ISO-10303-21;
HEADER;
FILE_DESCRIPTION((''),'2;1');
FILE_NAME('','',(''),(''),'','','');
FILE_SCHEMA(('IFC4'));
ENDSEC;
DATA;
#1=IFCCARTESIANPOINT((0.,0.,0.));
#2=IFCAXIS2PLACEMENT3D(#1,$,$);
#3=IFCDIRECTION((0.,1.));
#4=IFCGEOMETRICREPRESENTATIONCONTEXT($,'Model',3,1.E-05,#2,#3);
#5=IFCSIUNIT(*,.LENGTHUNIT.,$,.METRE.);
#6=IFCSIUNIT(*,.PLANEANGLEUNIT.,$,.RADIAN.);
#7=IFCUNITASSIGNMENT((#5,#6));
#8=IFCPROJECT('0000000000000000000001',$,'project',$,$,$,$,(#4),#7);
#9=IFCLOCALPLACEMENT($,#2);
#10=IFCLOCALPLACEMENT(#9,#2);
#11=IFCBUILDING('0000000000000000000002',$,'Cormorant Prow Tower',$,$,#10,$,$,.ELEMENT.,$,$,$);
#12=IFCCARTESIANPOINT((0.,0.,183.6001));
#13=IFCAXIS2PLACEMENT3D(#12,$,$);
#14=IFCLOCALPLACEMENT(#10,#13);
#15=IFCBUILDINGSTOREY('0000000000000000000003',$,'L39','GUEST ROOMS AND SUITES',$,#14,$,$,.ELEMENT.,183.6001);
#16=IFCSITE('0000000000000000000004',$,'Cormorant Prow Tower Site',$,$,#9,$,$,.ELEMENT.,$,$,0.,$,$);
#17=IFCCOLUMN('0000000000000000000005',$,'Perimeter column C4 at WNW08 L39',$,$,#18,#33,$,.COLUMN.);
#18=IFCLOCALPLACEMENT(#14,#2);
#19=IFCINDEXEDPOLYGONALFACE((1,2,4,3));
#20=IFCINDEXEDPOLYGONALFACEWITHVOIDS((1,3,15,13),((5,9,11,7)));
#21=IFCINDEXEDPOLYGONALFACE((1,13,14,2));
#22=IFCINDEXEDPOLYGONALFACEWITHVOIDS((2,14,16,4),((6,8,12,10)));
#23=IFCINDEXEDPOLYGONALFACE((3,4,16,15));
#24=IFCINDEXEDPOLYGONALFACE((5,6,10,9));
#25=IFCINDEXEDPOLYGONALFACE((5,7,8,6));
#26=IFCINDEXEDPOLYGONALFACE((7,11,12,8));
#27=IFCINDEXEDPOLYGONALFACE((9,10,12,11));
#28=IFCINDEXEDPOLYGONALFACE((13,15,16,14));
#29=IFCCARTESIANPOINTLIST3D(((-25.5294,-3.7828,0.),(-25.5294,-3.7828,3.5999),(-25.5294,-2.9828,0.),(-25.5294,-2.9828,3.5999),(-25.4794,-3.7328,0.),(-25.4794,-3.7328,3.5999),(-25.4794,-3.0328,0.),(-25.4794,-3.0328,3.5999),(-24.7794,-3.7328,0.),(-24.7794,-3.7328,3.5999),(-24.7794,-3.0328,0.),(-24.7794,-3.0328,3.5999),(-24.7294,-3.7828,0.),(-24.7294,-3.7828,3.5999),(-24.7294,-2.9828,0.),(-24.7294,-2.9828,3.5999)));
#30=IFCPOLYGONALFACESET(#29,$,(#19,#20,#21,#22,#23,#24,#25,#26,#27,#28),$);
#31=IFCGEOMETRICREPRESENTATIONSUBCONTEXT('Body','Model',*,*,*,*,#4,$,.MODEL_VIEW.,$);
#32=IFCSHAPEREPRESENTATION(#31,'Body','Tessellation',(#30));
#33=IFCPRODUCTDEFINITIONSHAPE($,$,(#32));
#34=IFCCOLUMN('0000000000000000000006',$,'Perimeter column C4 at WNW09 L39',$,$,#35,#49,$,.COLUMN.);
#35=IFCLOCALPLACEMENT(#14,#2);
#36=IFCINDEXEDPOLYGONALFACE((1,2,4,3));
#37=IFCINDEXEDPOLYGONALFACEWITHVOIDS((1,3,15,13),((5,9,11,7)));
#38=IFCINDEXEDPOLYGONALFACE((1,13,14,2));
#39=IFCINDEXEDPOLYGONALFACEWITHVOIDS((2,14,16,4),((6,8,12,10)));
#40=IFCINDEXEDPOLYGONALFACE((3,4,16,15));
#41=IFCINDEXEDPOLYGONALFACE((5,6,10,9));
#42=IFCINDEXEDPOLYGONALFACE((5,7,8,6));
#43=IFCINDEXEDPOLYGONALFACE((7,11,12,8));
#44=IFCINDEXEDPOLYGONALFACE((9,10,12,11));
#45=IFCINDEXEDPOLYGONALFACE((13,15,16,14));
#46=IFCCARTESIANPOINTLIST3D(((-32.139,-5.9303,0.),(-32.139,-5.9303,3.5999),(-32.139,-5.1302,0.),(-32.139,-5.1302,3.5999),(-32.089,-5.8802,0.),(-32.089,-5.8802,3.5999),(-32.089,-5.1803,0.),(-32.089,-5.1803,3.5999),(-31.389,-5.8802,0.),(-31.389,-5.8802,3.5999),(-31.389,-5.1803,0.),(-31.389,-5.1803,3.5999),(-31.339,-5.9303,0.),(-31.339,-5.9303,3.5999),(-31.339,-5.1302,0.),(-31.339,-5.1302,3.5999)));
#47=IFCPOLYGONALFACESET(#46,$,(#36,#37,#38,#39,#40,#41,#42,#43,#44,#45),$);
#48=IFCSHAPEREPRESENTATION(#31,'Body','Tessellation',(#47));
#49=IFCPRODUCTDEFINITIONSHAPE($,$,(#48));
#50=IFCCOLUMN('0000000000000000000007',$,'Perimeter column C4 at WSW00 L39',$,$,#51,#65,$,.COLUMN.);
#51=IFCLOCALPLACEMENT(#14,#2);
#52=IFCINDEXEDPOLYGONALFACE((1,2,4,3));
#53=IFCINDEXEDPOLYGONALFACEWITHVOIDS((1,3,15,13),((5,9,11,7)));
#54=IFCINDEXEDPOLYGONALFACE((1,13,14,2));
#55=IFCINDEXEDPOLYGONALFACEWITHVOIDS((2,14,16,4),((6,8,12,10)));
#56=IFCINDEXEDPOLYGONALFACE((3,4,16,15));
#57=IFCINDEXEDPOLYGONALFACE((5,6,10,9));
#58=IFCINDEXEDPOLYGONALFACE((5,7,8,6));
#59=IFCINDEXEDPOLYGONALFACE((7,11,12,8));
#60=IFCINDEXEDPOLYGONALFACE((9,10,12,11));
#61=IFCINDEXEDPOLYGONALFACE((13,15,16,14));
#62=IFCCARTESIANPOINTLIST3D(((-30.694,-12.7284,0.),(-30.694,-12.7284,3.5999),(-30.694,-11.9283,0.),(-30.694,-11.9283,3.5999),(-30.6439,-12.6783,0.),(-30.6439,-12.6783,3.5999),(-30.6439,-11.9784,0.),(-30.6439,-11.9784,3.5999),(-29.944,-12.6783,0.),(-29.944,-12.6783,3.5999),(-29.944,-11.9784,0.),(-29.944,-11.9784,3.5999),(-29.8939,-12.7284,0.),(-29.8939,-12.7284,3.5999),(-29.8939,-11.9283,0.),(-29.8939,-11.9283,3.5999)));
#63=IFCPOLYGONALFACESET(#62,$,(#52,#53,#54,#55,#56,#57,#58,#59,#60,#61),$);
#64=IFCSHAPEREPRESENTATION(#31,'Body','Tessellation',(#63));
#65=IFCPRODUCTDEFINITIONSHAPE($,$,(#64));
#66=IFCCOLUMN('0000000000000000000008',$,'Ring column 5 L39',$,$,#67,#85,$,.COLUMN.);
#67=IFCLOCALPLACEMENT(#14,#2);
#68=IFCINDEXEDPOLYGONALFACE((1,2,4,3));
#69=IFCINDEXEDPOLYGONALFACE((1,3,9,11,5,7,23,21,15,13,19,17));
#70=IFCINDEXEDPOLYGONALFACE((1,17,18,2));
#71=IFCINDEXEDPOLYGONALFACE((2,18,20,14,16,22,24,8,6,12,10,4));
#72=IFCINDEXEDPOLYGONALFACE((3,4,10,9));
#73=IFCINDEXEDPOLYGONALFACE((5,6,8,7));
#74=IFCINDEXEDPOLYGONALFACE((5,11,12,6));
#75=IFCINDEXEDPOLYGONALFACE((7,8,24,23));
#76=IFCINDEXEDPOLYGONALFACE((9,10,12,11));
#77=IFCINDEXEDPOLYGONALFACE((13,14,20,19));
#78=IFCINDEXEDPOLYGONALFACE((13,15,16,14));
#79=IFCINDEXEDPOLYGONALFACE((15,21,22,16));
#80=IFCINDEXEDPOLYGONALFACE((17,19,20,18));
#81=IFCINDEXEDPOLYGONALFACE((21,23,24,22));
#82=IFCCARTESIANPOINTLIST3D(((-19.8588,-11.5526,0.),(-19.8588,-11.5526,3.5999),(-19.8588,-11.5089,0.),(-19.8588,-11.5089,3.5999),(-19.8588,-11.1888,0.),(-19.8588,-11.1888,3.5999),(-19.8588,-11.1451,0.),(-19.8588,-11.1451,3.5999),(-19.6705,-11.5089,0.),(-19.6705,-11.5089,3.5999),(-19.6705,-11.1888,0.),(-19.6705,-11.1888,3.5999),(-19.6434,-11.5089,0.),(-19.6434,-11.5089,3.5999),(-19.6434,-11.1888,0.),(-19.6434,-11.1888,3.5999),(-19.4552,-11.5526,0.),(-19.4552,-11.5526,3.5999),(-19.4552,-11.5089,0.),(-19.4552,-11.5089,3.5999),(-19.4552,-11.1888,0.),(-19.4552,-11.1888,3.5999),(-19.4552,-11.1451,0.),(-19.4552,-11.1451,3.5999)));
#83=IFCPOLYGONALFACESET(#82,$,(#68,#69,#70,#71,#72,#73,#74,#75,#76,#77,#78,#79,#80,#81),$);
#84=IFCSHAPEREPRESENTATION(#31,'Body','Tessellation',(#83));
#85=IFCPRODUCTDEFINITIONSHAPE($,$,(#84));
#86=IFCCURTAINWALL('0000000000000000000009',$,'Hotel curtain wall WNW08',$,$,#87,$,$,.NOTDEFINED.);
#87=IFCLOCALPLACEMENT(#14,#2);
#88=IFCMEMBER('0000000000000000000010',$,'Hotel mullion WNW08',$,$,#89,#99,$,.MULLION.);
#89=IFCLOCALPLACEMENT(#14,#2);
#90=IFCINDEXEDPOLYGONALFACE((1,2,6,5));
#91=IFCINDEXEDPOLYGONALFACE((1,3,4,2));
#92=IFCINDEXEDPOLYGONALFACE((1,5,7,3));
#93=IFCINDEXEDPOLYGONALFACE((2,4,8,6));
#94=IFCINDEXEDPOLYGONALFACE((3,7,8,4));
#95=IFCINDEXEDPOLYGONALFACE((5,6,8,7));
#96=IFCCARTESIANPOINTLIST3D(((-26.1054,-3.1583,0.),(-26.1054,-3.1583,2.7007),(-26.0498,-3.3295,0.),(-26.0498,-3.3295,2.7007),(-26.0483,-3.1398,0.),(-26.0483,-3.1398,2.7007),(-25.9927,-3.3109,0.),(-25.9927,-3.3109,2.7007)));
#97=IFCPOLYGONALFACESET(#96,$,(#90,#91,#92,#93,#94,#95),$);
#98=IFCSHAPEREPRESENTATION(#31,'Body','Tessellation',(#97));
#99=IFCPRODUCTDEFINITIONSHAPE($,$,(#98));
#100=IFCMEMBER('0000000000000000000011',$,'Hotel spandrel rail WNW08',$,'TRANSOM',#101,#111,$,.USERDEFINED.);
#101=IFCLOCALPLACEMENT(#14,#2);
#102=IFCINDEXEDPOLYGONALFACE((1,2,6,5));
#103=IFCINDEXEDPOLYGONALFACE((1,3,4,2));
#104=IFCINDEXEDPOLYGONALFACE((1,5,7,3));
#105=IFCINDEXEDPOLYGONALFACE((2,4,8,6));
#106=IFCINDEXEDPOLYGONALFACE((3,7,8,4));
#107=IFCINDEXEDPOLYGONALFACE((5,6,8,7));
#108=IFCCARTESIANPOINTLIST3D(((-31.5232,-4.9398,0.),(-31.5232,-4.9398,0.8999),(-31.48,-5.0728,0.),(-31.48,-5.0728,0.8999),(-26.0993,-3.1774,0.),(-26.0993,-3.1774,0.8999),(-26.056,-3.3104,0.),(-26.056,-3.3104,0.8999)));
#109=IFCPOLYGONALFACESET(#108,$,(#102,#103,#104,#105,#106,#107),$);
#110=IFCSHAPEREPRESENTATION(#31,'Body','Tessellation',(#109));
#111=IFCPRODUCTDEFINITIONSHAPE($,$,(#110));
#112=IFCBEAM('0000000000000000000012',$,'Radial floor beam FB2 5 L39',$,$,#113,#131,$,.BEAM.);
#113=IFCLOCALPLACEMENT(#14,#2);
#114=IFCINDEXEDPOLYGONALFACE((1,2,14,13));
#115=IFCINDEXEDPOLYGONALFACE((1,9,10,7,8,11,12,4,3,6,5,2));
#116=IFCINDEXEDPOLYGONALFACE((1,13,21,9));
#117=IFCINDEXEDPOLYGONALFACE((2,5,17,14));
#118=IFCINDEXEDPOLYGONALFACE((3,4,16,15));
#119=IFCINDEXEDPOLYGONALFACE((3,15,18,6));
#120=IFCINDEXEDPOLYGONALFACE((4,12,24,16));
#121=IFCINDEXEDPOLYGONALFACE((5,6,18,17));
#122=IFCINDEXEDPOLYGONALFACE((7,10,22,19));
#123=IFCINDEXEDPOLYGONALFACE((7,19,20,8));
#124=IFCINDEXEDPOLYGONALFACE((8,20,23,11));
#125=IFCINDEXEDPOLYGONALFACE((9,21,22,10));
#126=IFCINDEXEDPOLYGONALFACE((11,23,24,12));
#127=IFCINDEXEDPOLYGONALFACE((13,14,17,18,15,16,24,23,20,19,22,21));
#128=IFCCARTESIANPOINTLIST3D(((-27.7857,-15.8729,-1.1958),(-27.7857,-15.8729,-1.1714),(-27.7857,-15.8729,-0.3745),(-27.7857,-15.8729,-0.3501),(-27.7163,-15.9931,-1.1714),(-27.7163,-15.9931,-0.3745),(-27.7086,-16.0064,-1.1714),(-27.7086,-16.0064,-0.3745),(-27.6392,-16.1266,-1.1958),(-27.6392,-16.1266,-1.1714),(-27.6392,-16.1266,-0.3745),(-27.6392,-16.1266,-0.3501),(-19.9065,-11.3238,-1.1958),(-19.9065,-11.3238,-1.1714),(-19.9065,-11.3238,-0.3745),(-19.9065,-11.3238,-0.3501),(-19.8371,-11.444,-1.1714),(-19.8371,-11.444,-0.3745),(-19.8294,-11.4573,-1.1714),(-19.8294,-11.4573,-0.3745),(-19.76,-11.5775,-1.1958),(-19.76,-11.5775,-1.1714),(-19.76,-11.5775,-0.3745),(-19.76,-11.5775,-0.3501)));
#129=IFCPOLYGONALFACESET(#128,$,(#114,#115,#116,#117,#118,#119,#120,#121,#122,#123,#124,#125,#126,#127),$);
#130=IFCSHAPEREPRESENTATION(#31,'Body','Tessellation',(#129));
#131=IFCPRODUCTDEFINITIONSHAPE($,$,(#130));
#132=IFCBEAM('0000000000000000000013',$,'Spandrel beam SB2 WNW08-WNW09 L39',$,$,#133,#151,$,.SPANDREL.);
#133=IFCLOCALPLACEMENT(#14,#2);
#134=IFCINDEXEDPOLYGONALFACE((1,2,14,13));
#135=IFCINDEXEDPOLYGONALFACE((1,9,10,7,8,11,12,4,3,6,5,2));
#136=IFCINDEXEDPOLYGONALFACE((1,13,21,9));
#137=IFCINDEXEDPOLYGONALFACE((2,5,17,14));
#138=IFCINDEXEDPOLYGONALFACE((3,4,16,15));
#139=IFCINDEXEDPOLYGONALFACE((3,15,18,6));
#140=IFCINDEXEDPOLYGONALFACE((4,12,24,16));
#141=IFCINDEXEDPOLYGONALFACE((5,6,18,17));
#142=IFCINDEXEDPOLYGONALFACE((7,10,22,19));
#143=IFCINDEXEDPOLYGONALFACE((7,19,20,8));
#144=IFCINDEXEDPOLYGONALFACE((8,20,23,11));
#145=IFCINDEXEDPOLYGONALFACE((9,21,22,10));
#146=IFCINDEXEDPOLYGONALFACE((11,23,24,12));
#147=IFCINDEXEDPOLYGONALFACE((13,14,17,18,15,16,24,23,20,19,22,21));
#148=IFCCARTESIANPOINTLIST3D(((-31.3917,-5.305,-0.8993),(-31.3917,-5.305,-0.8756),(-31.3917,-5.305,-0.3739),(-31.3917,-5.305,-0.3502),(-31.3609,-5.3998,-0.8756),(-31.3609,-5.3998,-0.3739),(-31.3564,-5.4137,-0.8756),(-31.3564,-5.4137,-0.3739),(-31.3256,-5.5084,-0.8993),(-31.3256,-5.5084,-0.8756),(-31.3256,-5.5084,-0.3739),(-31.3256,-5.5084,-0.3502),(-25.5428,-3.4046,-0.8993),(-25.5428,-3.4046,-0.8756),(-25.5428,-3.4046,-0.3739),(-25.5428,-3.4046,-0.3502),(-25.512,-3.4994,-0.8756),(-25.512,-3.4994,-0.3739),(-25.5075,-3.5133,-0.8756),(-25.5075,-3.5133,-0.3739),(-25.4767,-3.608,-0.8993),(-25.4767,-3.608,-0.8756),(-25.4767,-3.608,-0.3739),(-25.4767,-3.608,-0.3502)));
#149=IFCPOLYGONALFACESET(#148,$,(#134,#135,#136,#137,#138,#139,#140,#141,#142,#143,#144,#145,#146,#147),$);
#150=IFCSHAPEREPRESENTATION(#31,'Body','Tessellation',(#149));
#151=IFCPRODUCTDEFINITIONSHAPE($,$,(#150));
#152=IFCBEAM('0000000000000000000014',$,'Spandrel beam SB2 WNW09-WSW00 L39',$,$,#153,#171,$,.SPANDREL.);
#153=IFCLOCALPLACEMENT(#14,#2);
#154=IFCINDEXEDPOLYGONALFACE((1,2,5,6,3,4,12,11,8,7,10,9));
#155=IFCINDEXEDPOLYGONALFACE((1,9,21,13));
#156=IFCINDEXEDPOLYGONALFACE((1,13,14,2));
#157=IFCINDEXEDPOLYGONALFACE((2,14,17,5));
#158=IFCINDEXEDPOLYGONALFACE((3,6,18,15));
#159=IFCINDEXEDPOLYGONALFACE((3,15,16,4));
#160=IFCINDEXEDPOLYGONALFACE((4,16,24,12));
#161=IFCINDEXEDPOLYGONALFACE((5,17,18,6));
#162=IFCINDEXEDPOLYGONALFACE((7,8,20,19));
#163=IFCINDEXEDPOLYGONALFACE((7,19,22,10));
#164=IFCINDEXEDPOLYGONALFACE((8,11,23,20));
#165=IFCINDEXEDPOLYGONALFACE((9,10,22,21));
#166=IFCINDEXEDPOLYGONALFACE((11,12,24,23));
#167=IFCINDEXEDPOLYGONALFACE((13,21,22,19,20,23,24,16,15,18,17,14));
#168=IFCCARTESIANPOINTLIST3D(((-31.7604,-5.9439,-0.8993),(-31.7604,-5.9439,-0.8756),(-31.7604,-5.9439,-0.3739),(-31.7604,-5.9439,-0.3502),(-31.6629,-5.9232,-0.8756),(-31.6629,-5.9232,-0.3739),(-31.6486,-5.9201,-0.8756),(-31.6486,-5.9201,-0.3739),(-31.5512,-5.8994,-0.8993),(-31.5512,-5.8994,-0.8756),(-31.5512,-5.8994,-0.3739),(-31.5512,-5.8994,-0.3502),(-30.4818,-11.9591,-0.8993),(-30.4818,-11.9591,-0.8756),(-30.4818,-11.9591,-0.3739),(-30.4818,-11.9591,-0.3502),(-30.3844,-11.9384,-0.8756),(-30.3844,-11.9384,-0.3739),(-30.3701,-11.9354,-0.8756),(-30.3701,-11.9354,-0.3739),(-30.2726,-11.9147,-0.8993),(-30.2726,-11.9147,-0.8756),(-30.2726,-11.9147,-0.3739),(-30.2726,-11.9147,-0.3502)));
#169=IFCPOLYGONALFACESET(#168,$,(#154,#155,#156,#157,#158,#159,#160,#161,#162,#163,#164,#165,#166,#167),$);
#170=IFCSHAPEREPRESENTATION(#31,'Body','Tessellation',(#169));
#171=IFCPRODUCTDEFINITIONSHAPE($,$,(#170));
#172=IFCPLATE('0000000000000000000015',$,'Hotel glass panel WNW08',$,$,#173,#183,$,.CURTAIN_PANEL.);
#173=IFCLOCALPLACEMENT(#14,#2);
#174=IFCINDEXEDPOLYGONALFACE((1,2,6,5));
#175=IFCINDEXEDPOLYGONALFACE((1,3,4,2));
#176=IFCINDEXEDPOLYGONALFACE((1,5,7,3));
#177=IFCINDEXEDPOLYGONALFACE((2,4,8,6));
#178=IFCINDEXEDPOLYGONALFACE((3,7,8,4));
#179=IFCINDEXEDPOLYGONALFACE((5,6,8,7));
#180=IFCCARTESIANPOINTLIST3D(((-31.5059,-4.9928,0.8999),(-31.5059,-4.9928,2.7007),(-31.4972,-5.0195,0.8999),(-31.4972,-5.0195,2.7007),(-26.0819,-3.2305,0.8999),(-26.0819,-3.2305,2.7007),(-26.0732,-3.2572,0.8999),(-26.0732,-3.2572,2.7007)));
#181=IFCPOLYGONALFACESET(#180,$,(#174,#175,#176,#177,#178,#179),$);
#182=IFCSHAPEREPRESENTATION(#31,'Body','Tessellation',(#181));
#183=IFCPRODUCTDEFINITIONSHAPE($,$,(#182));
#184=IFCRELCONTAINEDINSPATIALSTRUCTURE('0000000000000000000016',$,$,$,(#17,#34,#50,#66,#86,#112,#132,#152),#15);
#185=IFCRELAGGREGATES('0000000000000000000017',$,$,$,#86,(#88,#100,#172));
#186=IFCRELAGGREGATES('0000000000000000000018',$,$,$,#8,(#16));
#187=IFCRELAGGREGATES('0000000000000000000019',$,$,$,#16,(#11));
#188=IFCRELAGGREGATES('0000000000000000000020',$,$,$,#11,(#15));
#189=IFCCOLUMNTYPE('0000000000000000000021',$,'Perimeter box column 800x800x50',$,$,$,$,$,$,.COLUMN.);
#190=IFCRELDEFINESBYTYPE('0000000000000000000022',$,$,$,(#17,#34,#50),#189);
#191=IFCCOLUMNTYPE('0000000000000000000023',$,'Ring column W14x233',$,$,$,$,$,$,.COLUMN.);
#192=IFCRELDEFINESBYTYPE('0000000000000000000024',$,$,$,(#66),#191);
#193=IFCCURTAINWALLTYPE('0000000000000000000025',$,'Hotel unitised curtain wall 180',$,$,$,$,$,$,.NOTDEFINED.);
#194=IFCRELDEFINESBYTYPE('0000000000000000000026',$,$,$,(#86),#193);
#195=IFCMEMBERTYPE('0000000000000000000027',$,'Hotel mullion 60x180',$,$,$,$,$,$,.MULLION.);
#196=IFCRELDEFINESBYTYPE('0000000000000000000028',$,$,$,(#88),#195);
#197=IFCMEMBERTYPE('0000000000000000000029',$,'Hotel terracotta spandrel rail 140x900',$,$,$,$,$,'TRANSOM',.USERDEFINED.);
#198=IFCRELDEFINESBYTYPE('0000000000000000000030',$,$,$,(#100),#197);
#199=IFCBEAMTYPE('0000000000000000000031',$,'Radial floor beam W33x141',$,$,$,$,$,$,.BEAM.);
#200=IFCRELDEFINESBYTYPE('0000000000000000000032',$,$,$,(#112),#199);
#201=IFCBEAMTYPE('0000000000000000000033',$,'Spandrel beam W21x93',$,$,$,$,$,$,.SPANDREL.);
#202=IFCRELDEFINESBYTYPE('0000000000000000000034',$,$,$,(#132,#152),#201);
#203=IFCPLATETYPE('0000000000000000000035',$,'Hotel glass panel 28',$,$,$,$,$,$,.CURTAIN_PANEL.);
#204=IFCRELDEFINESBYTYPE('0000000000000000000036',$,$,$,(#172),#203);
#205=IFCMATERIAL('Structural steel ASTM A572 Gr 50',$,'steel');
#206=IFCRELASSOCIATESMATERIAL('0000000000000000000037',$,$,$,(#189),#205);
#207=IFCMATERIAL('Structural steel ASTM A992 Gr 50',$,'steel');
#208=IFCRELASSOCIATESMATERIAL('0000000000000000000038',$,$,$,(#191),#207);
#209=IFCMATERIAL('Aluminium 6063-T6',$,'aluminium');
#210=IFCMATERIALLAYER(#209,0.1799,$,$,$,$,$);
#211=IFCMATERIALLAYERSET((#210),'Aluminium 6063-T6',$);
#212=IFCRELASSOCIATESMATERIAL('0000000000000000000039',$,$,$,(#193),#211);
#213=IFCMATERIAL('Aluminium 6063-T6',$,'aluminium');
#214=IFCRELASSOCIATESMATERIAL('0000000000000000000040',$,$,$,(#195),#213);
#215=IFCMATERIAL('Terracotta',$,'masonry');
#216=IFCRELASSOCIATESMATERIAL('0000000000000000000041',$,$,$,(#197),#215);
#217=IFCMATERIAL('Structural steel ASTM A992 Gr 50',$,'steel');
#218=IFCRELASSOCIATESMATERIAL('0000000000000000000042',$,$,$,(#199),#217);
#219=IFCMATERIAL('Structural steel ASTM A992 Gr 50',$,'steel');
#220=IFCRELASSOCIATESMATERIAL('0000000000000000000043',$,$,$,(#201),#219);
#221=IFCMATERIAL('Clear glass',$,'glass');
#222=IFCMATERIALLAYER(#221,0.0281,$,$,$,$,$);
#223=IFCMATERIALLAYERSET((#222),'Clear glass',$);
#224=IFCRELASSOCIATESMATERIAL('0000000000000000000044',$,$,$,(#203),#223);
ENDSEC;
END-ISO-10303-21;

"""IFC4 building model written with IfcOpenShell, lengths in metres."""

from ifc_helpers import new_model, si_unit, direction, frame, origin, origin_2d, place, context, subcontext, project, spatial, rectangle, hollow_rectangle, i_section, extrude, material, layer, layer_set, material_profile, profile_set, type_object, element, aggregate, save


model = new_model("IFC4")

# Units and contexts
model_context = context("Model", 3, precision=1e-05, world=origin(), true_north=direction((0.0, 1.0)))
body_context = subcontext(model_context, "Body", "Model", "MODEL_VIEW")
ifc_project = project(units=[si_unit("LENGTHUNIT", "METRE"), si_unit("PLANEANGLEUNIT", "RADIAN")], contexts=[model_context])

# Site, building, storey
site_placement = place(None, origin())
site = spatial("IfcSite", under=ifc_project, at=site_placement, Name="Cormorant Prow Tower Site", CompositionType="ELEMENT", RefElevation=0.0)
building_placement = place(site_placement, origin())
building = spatial("IfcBuilding", under=site, at=building_placement, Name="Cormorant Prow Tower", CompositionType="ELEMENT")
storey_placement = place(building_placement, frame((0.0, 0.0, 183.6001)))
storey = spatial("IfcBuildingStorey", under=building, at=storey_placement, Name="L39", Description="GUEST ROOMS AND SUITES", CompositionType="ELEMENT", Elevation=183.6001)

# Columns
ifc_material_1 = material(Name="Structural steel ASTM A572 Gr 50", Category="steel")
ifc_material_profile_1 = material_profile(ifc_material_1, hollow_rectangle(XDim=0.8, YDim=0.8, WallThickness=0.05, at=origin_2d()), Name="Box 800x800x50")
ifc_profile_set_1 = profile_set([ifc_material_profile_1], Name="Structural steel ASTM A572 Gr 50")
column_type_1 = type_object("IfcColumnType", Name="Perimeter box column 800x800x50", PredefinedType="COLUMN", material=ifc_profile_set_1)
for number, where, z_axis, x_axis, name in (
    (1, (-25.1294, -3.3828, 0.0), (0.0, 0.0, 1.0), (1.0, 0.0, 0.0), "Perimeter column C4 at WNW08 L39"),
    (2, (-31.739, -5.5303, 0.0), (0.0, 0.0, 1.0), (1.0, 0.0, 0.0), "Perimeter column C4 at WNW09 L39"),
    (3, (-30.2939, -12.3284, 0.0), (0.0, 0.0, 1.0), (1.0, 0.0, 0.0), "Perimeter column C4 at WSW00 L39"),
):
    element("IfcColumn", number, at=place(storey_placement, frame(where, z_axis=z_axis, x_axis=x_axis)), inside=storey, type_object=column_type_1, Name=name, PredefinedType="COLUMN", context=body_context, shape_type="SweptSolid", body=[
        extrude(hollow_rectangle(XDim=0.8, YDim=0.8, WallThickness=0.05, at=origin_2d()), origin(), (0.0, 0.0, 1.0), 3.5999),
    ])
ifc_material_2 = material(Name="Structural steel ASTM A992 Gr 50", Category="steel")
ifc_material_profile_2 = material_profile(ifc_material_2, i_section(OverallWidth=0.4036, OverallDepth=0.4075, WebThickness=0.0271, FlangeThickness=0.0437, at=origin_2d()), Name="W14x233")
ifc_profile_set_2 = profile_set([ifc_material_profile_2], Name="Structural steel ASTM A992 Gr 50")
column_type_2 = type_object("IfcColumnType", Name="Ring column W14x233", PredefinedType="COLUMN", material=ifc_profile_set_2)
column_placement = place(storey_placement, frame((-19.657, -11.3489, 0.0), z_axis=(0.0, 0.0, 1.0), x_axis=(1.0, 0.0, 0.0)))
element("IfcColumn", 4, at=column_placement, inside=storey, type_object=column_type_2, Name="Ring column 5 L39", PredefinedType="COLUMN", context=body_context, shape_type="SweptSolid", body=[
    extrude(i_section(OverallWidth=0.4036, OverallDepth=0.4075, WebThickness=0.0271, FlangeThickness=0.0437, at=origin_2d()), origin(), (0.0, 0.0, 1.0), 3.5999),
])

# Curtain wall, members
ifc_material_3 = material(Name="Aluminium 6063-T6", Category="aluminium")
ifc_layer_1 = layer(ifc_material_3, 0.1799)
ifc_layer_set_1 = layer_set([ifc_layer_1], Name="Aluminium 6063-T6")
curtain_wall_type = type_object("IfcCurtainWallType", Name="Hotel unitised curtain wall 180", PredefinedType="NOTDEFINED", material=ifc_layer_set_1)
curtain_wall_placement = place(storey_placement, origin())
curtain_wall = element("IfcCurtainWall", 5, at=curtain_wall_placement, inside=storey, type_object=curtain_wall_type, Name="Hotel curtain wall WNW08", PredefinedType="NOTDEFINED")
ifc_material_4 = material(Name="Aluminium 6063-T6", Category="aluminium")
ifc_material_profile_3 = material_profile(ifc_material_4, rectangle(XDim=0.1799, YDim=0.0601, at=origin_2d()), Name="Hotel mullion 60x180")
ifc_profile_set_3 = profile_set([ifc_material_profile_3], Name="Aluminium 6063-T6")
member_type_1 = type_object("IfcMemberType", Name="Hotel mullion 60x180", PredefinedType="MULLION", material=ifc_profile_set_3)
member_1_placement = place(storey_placement, frame((-26.0491, -3.2346, 0.0), z_axis=(0.0, 0.0, 1.0), x_axis=(0.309017, -0.951057, 0.0)))
member_1 = element("IfcMember", 6, at=member_1_placement, type_object=member_type_1, Name="Hotel mullion WNW08", PredefinedType="MULLION", context=body_context, shape_type="SweptSolid", body=[
    extrude(rectangle(XDim=0.1799, YDim=0.0601, at=origin_2d()), origin(), (0.0, 0.0, 1.0), 2.7007),
])
ifc_material_5 = material(Name="Terracotta", Category="masonry")
ifc_material_profile_4 = material_profile(ifc_material_5, rectangle(XDim=0.1399, YDim=0.8999, at=origin_2d()), Name="Hotel terracotta spandrel rail 140x900")
ifc_profile_set_4 = profile_set([ifc_material_profile_4], Name="Terracotta")
member_type_2 = type_object("IfcMemberType", Name="Hotel terracotta spandrel rail 140x900", ElementType="TRANSOM", PredefinedType="USERDEFINED", material=ifc_profile_set_4)
member_2_placement = place(storey_placement, frame((-26.0776, -3.2439, 0.45), z_axis=(-0.951053, -0.309027, 0.0), x_axis=(0.309027, -0.951053, 0.0)))
member_2 = element("IfcMember", 7, at=member_2_placement, type_object=member_type_2, Name="Hotel spandrel rail WNW08", ObjectType="TRANSOM", PredefinedType="USERDEFINED", context=body_context, shape_type="SweptSolid", body=[
    extrude(rectangle(XDim=0.1399, YDim=0.8999, at=origin_2d()), origin(), (0.0, 0.0, 1.0), 5.7031),
])

# Beams
ifc_material_6 = material(Name="Structural steel ASTM A992 Gr 50", Category="steel")
ifc_material_profile_5 = material_profile(ifc_material_6, i_section(OverallWidth=0.293, OverallDepth=0.8457, WebThickness=0.0154, FlangeThickness=0.0244, at=origin_2d()), Name="W33x141")
ifc_profile_set_5 = profile_set([ifc_material_profile_5], Name="Structural steel ASTM A992 Gr 50")
beam_type_1 = type_object("IfcBeamType", Name="Radial floor beam W33x141", PredefinedType="BEAM", material=ifc_profile_set_5)
beam_1_placement = place(storey_placement, frame((-19.8333, -11.4507, -0.7729), z_axis=(-0.866023, -0.500004, 0.0), x_axis=(0.500004, -0.866023, 0.0)))
element("IfcBeam", 8, at=beam_1_placement, inside=storey, type_object=beam_type_1, Name="Radial floor beam FB2 5 L39", PredefinedType="BEAM", context=body_context, shape_type="SweptSolid", body=[
    extrude(i_section(OverallWidth=0.293, OverallDepth=0.8457, WebThickness=0.0154, FlangeThickness=0.0244, at=origin_2d()), origin(), (0.0, 0.0, 1.0), 9.0981),
])
ifc_material_7 = material(Name="Structural steel ASTM A992 Gr 50", Category="steel")
ifc_material_profile_6 = material_profile(ifc_material_7, i_section(OverallWidth=0.2139, OverallDepth=0.5491, WebThickness=0.0146, FlangeThickness=0.0237, at=origin_2d()), Name="W21x93")
ifc_profile_set_6 = profile_set([ifc_material_profile_6], Name="Structural steel ASTM A992 Gr 50")
beam_type_2 = type_object("IfcBeamType", Name="Spandrel beam W21x93", PredefinedType="SPANDREL", material=ifc_profile_set_6)
beam_2_placement = place(storey_placement, frame((-25.5098, -3.5063, -0.6248), z_axis=(-0.951058, -0.309013, 0.0), x_axis=(0.309013, -0.951058, 0.0)))
element("IfcBeam", 9, at=beam_2_placement, inside=storey, type_object=beam_type_2, Name="Spandrel beam SB2 WNW08-WNW09 L39", PredefinedType="SPANDREL", context=body_context, shape_type="SweptSolid", body=[
    extrude(i_section(OverallWidth=0.2139, OverallDepth=0.5491, WebThickness=0.0146, FlangeThickness=0.0237, at=origin_2d()), origin(), (0.0, 0.0, 1.0), 6.1499),
])
beam_3_placement = place(storey_placement, frame((-31.6558, -5.9216, -0.6248), z_axis=(0.207905, -0.978149, 0.0), x_axis=(0.978149, 0.207905, 0.0)))
element("IfcBeam", 10, at=beam_3_placement, inside=storey, type_object=beam_type_2, Name="Spandrel beam SB2 WNW09-WSW00 L39", PredefinedType="SPANDREL", context=body_context, shape_type="SweptSolid", body=[
    extrude(i_section(OverallWidth=0.2139, OverallDepth=0.5491, WebThickness=0.0146, FlangeThickness=0.0237, at=origin_2d()), origin(), (0.0, 0.0, 1.0), 6.1497),
])

# Plate
ifc_material_8 = material(Name="Clear glass", Category="glass")
ifc_layer_2 = layer(ifc_material_8, 0.0281)
ifc_layer_set_2 = layer_set([ifc_layer_2], Name="Clear glass")
plate_type = type_object("IfcPlateType", Name="Hotel glass panel 28", PredefinedType="CURTAIN_PANEL", material=ifc_layer_set_2)
plate_placement = place(storey_placement, frame((-28.7896, -4.125, 0.8999), z_axis=(0.0, 0.0, 1.0), x_axis=(-0.951057, -0.309017, 0.0)))
plate = element("IfcPlate", 11, at=plate_placement, type_object=plate_type, Name="Hotel glass panel WNW08", PredefinedType="CURTAIN_PANEL", context=body_context, shape_type="SweptSolid", body=[
    extrude(rectangle(XDim=5.7031, YDim=0.0281, at=origin_2d()), origin(), (0.0, 0.0, 1.0), 1.8008),
])
aggregate(curtain_wall, [member_1, member_2, plate])

save(model, "model.ifc")
